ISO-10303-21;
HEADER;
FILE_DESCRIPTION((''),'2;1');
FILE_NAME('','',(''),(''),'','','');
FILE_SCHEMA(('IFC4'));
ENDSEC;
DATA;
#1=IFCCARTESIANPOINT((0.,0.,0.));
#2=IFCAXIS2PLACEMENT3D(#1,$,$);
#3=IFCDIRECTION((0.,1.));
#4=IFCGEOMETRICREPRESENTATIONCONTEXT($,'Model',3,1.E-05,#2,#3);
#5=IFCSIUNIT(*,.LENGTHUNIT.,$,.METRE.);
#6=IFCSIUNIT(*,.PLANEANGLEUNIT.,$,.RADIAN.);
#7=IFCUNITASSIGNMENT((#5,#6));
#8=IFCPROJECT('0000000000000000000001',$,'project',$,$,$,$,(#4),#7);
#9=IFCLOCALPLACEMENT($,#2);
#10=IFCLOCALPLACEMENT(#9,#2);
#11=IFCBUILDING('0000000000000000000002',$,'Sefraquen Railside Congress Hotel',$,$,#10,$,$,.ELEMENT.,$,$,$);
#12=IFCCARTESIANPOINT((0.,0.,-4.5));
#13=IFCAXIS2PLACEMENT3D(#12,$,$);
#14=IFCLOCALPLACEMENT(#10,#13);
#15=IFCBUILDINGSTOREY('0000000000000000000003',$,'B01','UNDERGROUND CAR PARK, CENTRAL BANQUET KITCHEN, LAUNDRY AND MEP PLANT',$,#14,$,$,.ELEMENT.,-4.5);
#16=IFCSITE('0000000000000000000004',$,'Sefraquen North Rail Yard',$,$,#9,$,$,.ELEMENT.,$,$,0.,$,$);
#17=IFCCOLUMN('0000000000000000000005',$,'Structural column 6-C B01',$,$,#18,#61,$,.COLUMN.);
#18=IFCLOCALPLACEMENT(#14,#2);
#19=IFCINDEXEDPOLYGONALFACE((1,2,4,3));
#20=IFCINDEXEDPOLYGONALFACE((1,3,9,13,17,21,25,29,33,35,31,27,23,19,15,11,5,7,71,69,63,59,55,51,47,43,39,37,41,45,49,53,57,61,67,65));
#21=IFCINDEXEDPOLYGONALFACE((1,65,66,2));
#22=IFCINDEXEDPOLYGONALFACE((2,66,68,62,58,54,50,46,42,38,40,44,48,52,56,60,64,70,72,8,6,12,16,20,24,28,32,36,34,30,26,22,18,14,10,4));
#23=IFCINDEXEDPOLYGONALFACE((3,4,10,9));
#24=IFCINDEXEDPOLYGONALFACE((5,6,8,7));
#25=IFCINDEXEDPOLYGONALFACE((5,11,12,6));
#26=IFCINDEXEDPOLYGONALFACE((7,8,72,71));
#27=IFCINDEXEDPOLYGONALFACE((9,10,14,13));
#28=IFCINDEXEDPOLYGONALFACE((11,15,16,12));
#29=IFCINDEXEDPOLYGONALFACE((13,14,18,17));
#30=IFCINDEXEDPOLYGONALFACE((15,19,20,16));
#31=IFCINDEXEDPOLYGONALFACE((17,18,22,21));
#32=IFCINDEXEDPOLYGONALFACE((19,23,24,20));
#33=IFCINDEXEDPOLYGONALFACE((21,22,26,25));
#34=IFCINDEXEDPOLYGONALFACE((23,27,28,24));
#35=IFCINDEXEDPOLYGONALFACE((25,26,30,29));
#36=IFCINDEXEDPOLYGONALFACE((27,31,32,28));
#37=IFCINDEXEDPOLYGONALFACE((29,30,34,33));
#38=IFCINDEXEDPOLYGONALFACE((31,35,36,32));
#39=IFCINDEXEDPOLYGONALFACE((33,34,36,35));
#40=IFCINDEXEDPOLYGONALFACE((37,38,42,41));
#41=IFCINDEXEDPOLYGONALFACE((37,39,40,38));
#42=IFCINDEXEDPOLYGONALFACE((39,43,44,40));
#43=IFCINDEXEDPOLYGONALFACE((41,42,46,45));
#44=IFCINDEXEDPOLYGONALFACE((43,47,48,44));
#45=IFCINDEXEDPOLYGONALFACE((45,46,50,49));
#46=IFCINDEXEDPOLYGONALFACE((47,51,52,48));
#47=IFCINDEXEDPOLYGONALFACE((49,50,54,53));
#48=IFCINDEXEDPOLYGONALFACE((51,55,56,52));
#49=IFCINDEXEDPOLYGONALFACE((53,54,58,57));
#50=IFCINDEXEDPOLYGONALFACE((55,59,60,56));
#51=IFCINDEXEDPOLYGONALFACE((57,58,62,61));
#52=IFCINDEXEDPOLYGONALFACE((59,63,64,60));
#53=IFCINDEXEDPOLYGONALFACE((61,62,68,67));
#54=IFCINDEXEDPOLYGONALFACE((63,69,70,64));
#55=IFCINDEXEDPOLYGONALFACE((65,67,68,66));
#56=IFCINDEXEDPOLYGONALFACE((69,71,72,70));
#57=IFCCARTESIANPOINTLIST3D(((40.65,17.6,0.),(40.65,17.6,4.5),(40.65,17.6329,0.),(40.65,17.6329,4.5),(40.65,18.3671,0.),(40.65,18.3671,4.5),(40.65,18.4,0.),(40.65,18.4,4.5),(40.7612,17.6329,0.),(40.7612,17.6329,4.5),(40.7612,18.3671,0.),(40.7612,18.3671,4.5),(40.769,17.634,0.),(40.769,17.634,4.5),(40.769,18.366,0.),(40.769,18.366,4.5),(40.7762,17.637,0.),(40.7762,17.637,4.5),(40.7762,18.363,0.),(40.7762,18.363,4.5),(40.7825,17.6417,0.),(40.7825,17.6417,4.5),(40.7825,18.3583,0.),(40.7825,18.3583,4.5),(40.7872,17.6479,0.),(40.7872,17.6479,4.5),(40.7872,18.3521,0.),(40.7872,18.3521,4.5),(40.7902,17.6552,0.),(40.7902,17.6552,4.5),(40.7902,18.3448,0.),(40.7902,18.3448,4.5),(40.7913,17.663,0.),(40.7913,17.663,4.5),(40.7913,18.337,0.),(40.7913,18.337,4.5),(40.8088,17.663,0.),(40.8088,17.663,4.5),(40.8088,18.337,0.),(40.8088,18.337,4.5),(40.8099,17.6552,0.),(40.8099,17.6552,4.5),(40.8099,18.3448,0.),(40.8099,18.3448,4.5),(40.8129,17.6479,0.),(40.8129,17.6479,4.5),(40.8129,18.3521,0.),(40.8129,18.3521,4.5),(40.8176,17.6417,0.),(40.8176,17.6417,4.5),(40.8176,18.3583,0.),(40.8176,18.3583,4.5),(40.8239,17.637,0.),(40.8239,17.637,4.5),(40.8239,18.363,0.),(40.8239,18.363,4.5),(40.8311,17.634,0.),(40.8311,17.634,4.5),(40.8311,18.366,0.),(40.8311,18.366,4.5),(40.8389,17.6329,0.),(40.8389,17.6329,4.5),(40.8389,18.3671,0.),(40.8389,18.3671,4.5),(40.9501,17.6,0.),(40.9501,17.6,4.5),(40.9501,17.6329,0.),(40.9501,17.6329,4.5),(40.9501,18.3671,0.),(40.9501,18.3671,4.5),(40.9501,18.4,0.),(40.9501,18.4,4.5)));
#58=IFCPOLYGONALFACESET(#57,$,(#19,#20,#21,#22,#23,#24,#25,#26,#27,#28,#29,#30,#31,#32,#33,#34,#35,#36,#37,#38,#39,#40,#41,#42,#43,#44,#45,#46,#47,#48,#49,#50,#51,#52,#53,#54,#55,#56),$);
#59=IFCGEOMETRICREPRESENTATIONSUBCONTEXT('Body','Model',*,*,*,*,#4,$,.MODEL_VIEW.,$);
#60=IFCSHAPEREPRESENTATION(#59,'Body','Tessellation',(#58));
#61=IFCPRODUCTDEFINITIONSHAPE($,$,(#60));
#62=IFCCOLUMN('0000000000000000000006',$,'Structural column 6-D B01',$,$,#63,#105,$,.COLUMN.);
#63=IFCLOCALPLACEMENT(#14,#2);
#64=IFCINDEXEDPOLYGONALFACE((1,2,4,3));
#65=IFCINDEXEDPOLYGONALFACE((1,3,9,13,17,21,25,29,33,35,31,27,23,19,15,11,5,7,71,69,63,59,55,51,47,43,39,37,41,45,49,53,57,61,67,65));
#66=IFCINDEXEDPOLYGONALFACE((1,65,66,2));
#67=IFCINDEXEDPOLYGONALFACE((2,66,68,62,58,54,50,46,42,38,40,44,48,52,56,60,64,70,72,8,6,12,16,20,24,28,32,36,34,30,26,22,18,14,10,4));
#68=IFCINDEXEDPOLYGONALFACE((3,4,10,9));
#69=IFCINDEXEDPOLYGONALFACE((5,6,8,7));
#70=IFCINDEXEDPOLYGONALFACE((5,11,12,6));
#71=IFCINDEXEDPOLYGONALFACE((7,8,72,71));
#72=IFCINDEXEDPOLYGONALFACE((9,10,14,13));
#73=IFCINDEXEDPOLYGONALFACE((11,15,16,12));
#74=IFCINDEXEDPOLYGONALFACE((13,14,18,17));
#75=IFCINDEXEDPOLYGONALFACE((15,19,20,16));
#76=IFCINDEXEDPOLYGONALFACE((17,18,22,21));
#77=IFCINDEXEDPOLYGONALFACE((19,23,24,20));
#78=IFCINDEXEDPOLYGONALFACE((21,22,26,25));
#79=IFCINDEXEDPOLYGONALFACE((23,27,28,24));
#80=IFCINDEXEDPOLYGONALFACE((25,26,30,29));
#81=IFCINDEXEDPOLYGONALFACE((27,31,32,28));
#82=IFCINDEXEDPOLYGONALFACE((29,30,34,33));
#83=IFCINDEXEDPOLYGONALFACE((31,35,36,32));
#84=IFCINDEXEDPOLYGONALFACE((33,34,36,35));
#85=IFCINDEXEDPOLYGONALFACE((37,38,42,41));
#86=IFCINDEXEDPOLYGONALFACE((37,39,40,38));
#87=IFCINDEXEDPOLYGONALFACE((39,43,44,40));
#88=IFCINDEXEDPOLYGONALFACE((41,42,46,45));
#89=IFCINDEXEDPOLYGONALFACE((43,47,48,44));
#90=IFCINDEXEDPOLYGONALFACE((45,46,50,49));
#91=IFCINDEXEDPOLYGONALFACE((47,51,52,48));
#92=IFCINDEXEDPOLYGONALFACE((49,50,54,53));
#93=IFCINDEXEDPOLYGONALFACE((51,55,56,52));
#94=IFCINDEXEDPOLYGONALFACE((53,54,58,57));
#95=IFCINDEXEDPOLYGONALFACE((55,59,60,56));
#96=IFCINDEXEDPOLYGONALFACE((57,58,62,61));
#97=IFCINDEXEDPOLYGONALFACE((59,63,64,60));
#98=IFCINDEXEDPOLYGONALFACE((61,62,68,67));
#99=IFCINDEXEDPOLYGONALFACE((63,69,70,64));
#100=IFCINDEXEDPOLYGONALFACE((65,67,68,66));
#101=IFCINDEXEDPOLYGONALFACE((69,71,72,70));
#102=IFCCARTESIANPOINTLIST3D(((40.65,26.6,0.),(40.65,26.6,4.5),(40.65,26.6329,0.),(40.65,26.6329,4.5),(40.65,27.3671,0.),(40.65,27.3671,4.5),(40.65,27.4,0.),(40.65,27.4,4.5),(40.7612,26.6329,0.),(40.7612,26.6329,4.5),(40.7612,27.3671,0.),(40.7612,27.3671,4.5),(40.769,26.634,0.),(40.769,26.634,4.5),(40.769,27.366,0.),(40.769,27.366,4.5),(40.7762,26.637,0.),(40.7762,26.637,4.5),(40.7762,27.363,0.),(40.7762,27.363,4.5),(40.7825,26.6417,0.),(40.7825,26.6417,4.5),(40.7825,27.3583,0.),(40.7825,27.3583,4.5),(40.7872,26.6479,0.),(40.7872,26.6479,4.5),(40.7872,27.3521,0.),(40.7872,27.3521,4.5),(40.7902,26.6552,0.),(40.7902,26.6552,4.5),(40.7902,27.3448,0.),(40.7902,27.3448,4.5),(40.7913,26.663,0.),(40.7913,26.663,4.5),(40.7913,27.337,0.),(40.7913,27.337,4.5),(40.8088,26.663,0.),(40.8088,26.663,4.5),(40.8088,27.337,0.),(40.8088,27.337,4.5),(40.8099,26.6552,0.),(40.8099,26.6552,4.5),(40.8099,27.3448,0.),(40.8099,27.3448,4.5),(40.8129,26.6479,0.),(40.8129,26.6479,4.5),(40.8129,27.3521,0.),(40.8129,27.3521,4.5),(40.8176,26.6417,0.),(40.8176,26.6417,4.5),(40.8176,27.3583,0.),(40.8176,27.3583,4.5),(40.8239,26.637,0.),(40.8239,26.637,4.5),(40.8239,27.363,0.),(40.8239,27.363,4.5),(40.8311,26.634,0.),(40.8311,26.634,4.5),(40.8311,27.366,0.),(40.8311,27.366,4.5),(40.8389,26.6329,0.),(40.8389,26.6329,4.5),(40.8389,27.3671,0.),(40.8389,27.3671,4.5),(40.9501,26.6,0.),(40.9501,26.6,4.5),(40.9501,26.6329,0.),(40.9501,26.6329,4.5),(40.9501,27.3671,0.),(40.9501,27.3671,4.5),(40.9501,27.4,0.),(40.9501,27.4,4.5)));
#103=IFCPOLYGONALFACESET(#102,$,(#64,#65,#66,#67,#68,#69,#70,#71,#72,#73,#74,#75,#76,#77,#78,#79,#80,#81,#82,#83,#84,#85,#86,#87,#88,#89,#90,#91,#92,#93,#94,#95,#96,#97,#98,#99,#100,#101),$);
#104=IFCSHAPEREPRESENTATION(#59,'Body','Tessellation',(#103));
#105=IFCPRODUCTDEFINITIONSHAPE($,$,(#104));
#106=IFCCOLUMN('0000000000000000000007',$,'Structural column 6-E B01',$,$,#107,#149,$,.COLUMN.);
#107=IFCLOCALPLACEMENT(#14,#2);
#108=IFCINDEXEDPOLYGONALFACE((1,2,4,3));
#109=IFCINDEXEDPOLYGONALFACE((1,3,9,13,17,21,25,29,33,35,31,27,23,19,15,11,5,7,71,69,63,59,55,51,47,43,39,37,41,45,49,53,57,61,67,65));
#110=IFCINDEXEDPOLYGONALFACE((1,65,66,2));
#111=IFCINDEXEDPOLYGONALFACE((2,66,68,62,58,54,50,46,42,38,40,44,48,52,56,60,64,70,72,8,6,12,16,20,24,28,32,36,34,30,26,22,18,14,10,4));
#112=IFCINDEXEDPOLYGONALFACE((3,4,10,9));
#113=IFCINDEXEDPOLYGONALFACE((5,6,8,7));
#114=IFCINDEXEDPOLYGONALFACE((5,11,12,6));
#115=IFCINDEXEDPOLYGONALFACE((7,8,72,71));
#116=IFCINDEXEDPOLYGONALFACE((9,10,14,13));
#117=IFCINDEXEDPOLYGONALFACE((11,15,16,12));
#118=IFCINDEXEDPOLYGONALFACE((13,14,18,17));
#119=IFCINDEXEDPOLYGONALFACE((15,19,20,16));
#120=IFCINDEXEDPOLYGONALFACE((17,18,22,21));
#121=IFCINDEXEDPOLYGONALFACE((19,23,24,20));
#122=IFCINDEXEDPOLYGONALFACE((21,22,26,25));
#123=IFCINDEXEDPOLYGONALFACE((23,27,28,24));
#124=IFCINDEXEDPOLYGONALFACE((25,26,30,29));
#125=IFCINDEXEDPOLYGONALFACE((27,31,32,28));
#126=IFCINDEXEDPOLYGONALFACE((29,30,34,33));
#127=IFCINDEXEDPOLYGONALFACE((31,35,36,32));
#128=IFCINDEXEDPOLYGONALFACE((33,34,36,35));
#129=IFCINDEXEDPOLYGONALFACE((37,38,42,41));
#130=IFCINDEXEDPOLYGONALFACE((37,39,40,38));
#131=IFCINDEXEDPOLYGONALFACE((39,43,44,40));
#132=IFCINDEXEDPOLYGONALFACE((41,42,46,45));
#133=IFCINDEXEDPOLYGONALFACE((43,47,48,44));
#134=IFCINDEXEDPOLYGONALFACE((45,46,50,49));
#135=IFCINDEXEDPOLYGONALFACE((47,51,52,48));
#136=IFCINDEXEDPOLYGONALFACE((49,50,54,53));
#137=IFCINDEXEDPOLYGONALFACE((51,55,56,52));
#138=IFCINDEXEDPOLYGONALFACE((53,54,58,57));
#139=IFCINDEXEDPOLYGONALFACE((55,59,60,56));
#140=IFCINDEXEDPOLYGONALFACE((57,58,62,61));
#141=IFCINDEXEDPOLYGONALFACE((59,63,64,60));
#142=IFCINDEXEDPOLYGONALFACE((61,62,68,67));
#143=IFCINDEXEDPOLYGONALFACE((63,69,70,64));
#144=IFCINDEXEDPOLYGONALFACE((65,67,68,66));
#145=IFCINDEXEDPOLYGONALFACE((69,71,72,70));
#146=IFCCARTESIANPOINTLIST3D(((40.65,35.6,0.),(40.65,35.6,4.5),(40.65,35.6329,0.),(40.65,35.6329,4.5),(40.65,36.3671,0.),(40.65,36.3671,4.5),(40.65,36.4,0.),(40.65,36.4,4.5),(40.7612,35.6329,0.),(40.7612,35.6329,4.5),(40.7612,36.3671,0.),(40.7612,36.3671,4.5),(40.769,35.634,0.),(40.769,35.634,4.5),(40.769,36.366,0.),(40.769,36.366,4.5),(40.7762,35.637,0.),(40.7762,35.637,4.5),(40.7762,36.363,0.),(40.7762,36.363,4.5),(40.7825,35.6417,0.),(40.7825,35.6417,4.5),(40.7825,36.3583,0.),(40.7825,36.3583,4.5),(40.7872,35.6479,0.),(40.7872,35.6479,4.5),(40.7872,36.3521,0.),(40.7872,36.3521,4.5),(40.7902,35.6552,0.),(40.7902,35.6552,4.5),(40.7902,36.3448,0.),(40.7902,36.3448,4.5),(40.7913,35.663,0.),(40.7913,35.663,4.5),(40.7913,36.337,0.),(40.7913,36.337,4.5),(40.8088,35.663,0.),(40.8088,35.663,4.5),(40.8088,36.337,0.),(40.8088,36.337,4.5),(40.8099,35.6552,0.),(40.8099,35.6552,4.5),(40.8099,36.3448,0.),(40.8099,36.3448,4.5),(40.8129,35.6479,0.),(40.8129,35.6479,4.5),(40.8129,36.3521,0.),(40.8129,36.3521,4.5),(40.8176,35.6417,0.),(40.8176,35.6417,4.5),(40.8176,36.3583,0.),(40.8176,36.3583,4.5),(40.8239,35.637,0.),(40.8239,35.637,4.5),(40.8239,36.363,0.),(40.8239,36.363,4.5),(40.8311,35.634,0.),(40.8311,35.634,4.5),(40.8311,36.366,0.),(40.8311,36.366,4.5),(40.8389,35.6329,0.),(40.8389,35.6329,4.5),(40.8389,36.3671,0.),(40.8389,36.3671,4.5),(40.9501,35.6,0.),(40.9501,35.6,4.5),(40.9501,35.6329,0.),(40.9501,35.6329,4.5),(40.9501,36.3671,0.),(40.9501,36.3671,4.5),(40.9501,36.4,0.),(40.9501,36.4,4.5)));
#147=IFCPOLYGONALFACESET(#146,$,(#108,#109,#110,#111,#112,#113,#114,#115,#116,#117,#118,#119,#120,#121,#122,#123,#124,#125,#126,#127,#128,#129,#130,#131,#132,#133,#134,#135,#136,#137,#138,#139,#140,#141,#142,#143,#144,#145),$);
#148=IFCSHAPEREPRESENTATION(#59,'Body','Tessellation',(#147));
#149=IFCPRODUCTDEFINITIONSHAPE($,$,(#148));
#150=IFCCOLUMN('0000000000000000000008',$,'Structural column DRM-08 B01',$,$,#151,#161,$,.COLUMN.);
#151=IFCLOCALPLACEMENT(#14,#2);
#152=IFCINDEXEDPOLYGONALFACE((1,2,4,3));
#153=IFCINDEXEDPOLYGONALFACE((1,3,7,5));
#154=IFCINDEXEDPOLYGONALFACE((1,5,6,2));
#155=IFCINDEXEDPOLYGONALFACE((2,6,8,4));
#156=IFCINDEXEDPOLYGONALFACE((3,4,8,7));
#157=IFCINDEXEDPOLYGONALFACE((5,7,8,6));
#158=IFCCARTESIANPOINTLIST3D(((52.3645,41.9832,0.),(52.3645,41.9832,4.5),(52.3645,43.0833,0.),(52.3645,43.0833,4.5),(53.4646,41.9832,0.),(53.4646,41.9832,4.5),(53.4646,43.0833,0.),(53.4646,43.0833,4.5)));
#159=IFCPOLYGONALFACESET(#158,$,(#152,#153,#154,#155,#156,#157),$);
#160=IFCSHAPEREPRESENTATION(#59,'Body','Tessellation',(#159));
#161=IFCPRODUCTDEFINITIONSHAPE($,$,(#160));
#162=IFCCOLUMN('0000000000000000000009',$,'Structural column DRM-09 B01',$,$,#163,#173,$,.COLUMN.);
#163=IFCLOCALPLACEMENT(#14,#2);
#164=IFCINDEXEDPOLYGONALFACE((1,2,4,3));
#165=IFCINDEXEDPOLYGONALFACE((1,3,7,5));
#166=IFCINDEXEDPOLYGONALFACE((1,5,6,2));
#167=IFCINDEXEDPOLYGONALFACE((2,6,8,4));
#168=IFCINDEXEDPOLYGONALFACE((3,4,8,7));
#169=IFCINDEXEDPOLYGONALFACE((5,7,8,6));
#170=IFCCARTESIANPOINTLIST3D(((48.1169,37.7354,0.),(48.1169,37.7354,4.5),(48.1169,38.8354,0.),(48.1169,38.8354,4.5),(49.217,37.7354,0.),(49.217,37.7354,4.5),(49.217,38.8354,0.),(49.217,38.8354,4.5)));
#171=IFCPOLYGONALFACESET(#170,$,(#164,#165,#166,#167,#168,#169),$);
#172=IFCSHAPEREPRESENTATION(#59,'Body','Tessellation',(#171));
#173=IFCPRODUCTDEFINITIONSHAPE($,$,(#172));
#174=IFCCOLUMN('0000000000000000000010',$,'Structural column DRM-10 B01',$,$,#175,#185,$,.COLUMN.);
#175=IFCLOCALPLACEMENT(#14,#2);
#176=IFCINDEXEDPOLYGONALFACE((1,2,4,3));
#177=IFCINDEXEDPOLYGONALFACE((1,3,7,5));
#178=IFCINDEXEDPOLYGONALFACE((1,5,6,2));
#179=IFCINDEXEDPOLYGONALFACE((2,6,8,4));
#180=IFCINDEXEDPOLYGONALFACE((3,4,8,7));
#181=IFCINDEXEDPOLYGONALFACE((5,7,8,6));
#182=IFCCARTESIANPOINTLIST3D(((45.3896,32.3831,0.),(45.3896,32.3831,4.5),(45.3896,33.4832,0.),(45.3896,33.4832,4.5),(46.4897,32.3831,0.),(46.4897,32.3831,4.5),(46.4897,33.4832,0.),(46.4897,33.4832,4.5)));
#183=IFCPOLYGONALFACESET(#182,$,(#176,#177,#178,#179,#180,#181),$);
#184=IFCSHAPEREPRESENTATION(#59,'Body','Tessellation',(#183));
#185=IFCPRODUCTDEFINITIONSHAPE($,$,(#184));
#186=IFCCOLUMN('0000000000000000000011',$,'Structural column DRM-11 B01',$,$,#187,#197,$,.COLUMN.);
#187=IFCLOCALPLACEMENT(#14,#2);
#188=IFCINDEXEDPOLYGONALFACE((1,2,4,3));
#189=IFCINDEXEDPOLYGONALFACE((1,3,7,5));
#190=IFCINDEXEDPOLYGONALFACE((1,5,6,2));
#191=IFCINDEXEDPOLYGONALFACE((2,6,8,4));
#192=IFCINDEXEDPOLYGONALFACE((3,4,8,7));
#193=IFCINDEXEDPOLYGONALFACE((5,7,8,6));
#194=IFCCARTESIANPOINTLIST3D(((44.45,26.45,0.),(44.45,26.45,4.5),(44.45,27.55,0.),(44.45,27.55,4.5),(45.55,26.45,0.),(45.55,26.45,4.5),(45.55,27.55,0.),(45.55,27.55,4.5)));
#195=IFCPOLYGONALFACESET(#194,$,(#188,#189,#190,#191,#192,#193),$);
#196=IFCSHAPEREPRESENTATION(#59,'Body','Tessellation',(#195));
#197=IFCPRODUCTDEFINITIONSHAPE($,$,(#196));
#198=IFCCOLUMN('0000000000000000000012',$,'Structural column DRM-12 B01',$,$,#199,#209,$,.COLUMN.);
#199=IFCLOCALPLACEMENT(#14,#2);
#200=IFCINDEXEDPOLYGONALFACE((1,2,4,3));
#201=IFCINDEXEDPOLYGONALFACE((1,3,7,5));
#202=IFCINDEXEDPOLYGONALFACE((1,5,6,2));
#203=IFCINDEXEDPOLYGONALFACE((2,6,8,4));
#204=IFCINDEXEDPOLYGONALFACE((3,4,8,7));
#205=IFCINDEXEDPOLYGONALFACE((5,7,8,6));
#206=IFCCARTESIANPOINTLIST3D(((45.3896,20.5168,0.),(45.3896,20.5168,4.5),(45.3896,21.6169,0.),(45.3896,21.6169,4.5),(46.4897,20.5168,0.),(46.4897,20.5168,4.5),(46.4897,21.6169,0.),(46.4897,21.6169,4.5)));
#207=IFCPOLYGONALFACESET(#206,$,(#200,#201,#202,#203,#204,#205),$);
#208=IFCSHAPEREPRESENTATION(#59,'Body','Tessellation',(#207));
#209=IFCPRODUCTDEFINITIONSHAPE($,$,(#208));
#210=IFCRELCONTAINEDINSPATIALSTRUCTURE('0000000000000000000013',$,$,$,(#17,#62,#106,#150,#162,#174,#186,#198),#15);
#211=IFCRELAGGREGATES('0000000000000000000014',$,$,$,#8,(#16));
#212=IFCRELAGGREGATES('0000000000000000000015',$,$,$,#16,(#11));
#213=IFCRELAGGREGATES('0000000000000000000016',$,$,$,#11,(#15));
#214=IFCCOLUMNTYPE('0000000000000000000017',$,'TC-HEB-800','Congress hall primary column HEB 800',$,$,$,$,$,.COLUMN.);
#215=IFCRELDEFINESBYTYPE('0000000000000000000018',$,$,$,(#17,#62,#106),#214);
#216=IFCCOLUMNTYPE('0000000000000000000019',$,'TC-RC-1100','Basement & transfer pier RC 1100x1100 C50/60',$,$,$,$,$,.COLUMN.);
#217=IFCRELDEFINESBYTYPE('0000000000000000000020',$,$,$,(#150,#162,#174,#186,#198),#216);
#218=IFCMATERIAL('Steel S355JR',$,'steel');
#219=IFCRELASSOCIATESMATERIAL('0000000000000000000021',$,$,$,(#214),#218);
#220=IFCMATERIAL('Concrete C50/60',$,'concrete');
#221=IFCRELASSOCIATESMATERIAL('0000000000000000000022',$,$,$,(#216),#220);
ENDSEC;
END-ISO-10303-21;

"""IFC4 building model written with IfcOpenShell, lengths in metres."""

from ifc_helpers import new_model, si_unit, direction, frame, origin, origin_2d, place, context, subcontext, project, spatial, rectangle, i_section, extrude, material, material_profile, profile_set, type_object, element, save


model = new_model("IFC4")

# Units and contexts
model_context = context("Model", 3, precision=1e-05, world=origin(), true_north=direction((0.0, 1.0)))
body_context = subcontext(model_context, "Body", "Model", "MODEL_VIEW")
ifc_project = project(units=[si_unit("LENGTHUNIT", "METRE"), si_unit("PLANEANGLEUNIT", "RADIAN")], contexts=[model_context])

# Site, building, storey
site_placement = place(None, origin())
site = spatial("IfcSite", under=ifc_project, at=site_placement, Name="Sefraquen North Rail Yard", CompositionType="ELEMENT", RefElevation=0.0)
building_placement = place(site_placement, origin())
building = spatial("IfcBuilding", under=site, at=building_placement, Name="Sefraquen Railside Congress Hotel", CompositionType="ELEMENT")
storey_placement = place(building_placement, frame((0.0, 0.0, -4.5)))
storey = spatial("IfcBuildingStorey", under=building, at=storey_placement, Name="B01", Description="UNDERGROUND CAR PARK, CENTRAL BANQUET KITCHEN, LAUNDRY AND MEP PLANT", CompositionType="ELEMENT", Elevation=-4.5)

# Columns
ifc_material_1 = material(Name="Steel S355JR", Category="steel")
ifc_material_profile_1 = material_profile(ifc_material_1, i_section(OverallWidth=0.3, OverallDepth=0.8, WebThickness=0.0176, FlangeThickness=0.033, FilletRadius=0.03, at=origin_2d()), Name="HEB 800")
ifc_profile_set_1 = profile_set([ifc_material_profile_1], Name="Steel S355JR")
column_type_1 = type_object("IfcColumnType", Name="TC-HEB-800", Description="Congress hall primary column HEB 800", PredefinedType="COLUMN", material=ifc_profile_set_1)
for number, where, z_axis, x_axis, name in (
    (1, (40.8, 18.0, 0.0), (0.0, 0.0, 1.0), (1.0, 0.0, 0.0), "Structural column 6-C B01"),
    (2, (40.8, 27.0, 0.0), (0.0, 0.0, 1.0), (1.0, 0.0, 0.0), "Structural column 6-D B01"),
    (3, (40.8, 36.0, 0.0), (0.0, 0.0, 1.0), (1.0, 0.0, 0.0), "Structural column 6-E B01"),
):
    element("IfcColumn", number, at=place(storey_placement, frame(where, z_axis=z_axis, x_axis=x_axis)), inside=storey, type_object=column_type_1, Name=name, PredefinedType="COLUMN", context=body_context, shape_type="SweptSolid", body=[
        extrude(i_section(OverallWidth=0.3, OverallDepth=0.8, WebThickness=0.0176, FlangeThickness=0.033, FilletRadius=0.03, at=origin_2d()), origin(), (0.0, 0.0, 1.0), 4.5),
    ])
ifc_material_2 = material(Name="Concrete C50/60", Category="concrete")
ifc_material_profile_2 = material_profile(ifc_material_2, rectangle(XDim=1.1001, YDim=1.1001, at=origin_2d()), Name="RC 1100x1100")
ifc_profile_set_2 = profile_set([ifc_material_profile_2], Name="Concrete C50/60")
column_type_2 = type_object("IfcColumnType", Name="TC-RC-1100", Description="Basement & transfer pier RC 1100x1100 C50/60", PredefinedType="COLUMN", material=ifc_profile_set_2)
for number, where, z_axis, x_axis, name in (
    (4, (52.9146, 42.5332, 0.0), (0.0, 0.0, 1.0), (1.0, 0.0, 0.0), "Structural column DRM-08 B01"),
    (5, (48.667, 38.2854, 0.0), (0.0, 0.0, 1.0), (1.0, 0.0, 0.0), "Structural column DRM-09 B01"),
    (6, (45.9397, 32.9331, 0.0), (0.0, 0.0, 1.0), (1.0, 0.0, 0.0), "Structural column DRM-10 B01"),
    (7, (45.0, 27.0, 0.0), (0.0, 0.0, 1.0), (1.0, 0.0, 0.0), "Structural column DRM-11 B01"),
    (8, (45.9397, 21.0669, 0.0), (0.0, 0.0, 1.0), (1.0, 0.0, 0.0), "Structural column DRM-12 B01"),
):
    element("IfcColumn", number, at=place(storey_placement, frame(where, z_axis=z_axis, x_axis=x_axis)), inside=storey, type_object=column_type_2, Name=name, PredefinedType="COLUMN", context=body_context, shape_type="SweptSolid", body=[
        extrude(rectangle(XDim=1.1001, YDim=1.1001, at=origin_2d()), origin(), (0.0, 0.0, 1.0), 4.5),
    ])

save(model, "model.ifc")
